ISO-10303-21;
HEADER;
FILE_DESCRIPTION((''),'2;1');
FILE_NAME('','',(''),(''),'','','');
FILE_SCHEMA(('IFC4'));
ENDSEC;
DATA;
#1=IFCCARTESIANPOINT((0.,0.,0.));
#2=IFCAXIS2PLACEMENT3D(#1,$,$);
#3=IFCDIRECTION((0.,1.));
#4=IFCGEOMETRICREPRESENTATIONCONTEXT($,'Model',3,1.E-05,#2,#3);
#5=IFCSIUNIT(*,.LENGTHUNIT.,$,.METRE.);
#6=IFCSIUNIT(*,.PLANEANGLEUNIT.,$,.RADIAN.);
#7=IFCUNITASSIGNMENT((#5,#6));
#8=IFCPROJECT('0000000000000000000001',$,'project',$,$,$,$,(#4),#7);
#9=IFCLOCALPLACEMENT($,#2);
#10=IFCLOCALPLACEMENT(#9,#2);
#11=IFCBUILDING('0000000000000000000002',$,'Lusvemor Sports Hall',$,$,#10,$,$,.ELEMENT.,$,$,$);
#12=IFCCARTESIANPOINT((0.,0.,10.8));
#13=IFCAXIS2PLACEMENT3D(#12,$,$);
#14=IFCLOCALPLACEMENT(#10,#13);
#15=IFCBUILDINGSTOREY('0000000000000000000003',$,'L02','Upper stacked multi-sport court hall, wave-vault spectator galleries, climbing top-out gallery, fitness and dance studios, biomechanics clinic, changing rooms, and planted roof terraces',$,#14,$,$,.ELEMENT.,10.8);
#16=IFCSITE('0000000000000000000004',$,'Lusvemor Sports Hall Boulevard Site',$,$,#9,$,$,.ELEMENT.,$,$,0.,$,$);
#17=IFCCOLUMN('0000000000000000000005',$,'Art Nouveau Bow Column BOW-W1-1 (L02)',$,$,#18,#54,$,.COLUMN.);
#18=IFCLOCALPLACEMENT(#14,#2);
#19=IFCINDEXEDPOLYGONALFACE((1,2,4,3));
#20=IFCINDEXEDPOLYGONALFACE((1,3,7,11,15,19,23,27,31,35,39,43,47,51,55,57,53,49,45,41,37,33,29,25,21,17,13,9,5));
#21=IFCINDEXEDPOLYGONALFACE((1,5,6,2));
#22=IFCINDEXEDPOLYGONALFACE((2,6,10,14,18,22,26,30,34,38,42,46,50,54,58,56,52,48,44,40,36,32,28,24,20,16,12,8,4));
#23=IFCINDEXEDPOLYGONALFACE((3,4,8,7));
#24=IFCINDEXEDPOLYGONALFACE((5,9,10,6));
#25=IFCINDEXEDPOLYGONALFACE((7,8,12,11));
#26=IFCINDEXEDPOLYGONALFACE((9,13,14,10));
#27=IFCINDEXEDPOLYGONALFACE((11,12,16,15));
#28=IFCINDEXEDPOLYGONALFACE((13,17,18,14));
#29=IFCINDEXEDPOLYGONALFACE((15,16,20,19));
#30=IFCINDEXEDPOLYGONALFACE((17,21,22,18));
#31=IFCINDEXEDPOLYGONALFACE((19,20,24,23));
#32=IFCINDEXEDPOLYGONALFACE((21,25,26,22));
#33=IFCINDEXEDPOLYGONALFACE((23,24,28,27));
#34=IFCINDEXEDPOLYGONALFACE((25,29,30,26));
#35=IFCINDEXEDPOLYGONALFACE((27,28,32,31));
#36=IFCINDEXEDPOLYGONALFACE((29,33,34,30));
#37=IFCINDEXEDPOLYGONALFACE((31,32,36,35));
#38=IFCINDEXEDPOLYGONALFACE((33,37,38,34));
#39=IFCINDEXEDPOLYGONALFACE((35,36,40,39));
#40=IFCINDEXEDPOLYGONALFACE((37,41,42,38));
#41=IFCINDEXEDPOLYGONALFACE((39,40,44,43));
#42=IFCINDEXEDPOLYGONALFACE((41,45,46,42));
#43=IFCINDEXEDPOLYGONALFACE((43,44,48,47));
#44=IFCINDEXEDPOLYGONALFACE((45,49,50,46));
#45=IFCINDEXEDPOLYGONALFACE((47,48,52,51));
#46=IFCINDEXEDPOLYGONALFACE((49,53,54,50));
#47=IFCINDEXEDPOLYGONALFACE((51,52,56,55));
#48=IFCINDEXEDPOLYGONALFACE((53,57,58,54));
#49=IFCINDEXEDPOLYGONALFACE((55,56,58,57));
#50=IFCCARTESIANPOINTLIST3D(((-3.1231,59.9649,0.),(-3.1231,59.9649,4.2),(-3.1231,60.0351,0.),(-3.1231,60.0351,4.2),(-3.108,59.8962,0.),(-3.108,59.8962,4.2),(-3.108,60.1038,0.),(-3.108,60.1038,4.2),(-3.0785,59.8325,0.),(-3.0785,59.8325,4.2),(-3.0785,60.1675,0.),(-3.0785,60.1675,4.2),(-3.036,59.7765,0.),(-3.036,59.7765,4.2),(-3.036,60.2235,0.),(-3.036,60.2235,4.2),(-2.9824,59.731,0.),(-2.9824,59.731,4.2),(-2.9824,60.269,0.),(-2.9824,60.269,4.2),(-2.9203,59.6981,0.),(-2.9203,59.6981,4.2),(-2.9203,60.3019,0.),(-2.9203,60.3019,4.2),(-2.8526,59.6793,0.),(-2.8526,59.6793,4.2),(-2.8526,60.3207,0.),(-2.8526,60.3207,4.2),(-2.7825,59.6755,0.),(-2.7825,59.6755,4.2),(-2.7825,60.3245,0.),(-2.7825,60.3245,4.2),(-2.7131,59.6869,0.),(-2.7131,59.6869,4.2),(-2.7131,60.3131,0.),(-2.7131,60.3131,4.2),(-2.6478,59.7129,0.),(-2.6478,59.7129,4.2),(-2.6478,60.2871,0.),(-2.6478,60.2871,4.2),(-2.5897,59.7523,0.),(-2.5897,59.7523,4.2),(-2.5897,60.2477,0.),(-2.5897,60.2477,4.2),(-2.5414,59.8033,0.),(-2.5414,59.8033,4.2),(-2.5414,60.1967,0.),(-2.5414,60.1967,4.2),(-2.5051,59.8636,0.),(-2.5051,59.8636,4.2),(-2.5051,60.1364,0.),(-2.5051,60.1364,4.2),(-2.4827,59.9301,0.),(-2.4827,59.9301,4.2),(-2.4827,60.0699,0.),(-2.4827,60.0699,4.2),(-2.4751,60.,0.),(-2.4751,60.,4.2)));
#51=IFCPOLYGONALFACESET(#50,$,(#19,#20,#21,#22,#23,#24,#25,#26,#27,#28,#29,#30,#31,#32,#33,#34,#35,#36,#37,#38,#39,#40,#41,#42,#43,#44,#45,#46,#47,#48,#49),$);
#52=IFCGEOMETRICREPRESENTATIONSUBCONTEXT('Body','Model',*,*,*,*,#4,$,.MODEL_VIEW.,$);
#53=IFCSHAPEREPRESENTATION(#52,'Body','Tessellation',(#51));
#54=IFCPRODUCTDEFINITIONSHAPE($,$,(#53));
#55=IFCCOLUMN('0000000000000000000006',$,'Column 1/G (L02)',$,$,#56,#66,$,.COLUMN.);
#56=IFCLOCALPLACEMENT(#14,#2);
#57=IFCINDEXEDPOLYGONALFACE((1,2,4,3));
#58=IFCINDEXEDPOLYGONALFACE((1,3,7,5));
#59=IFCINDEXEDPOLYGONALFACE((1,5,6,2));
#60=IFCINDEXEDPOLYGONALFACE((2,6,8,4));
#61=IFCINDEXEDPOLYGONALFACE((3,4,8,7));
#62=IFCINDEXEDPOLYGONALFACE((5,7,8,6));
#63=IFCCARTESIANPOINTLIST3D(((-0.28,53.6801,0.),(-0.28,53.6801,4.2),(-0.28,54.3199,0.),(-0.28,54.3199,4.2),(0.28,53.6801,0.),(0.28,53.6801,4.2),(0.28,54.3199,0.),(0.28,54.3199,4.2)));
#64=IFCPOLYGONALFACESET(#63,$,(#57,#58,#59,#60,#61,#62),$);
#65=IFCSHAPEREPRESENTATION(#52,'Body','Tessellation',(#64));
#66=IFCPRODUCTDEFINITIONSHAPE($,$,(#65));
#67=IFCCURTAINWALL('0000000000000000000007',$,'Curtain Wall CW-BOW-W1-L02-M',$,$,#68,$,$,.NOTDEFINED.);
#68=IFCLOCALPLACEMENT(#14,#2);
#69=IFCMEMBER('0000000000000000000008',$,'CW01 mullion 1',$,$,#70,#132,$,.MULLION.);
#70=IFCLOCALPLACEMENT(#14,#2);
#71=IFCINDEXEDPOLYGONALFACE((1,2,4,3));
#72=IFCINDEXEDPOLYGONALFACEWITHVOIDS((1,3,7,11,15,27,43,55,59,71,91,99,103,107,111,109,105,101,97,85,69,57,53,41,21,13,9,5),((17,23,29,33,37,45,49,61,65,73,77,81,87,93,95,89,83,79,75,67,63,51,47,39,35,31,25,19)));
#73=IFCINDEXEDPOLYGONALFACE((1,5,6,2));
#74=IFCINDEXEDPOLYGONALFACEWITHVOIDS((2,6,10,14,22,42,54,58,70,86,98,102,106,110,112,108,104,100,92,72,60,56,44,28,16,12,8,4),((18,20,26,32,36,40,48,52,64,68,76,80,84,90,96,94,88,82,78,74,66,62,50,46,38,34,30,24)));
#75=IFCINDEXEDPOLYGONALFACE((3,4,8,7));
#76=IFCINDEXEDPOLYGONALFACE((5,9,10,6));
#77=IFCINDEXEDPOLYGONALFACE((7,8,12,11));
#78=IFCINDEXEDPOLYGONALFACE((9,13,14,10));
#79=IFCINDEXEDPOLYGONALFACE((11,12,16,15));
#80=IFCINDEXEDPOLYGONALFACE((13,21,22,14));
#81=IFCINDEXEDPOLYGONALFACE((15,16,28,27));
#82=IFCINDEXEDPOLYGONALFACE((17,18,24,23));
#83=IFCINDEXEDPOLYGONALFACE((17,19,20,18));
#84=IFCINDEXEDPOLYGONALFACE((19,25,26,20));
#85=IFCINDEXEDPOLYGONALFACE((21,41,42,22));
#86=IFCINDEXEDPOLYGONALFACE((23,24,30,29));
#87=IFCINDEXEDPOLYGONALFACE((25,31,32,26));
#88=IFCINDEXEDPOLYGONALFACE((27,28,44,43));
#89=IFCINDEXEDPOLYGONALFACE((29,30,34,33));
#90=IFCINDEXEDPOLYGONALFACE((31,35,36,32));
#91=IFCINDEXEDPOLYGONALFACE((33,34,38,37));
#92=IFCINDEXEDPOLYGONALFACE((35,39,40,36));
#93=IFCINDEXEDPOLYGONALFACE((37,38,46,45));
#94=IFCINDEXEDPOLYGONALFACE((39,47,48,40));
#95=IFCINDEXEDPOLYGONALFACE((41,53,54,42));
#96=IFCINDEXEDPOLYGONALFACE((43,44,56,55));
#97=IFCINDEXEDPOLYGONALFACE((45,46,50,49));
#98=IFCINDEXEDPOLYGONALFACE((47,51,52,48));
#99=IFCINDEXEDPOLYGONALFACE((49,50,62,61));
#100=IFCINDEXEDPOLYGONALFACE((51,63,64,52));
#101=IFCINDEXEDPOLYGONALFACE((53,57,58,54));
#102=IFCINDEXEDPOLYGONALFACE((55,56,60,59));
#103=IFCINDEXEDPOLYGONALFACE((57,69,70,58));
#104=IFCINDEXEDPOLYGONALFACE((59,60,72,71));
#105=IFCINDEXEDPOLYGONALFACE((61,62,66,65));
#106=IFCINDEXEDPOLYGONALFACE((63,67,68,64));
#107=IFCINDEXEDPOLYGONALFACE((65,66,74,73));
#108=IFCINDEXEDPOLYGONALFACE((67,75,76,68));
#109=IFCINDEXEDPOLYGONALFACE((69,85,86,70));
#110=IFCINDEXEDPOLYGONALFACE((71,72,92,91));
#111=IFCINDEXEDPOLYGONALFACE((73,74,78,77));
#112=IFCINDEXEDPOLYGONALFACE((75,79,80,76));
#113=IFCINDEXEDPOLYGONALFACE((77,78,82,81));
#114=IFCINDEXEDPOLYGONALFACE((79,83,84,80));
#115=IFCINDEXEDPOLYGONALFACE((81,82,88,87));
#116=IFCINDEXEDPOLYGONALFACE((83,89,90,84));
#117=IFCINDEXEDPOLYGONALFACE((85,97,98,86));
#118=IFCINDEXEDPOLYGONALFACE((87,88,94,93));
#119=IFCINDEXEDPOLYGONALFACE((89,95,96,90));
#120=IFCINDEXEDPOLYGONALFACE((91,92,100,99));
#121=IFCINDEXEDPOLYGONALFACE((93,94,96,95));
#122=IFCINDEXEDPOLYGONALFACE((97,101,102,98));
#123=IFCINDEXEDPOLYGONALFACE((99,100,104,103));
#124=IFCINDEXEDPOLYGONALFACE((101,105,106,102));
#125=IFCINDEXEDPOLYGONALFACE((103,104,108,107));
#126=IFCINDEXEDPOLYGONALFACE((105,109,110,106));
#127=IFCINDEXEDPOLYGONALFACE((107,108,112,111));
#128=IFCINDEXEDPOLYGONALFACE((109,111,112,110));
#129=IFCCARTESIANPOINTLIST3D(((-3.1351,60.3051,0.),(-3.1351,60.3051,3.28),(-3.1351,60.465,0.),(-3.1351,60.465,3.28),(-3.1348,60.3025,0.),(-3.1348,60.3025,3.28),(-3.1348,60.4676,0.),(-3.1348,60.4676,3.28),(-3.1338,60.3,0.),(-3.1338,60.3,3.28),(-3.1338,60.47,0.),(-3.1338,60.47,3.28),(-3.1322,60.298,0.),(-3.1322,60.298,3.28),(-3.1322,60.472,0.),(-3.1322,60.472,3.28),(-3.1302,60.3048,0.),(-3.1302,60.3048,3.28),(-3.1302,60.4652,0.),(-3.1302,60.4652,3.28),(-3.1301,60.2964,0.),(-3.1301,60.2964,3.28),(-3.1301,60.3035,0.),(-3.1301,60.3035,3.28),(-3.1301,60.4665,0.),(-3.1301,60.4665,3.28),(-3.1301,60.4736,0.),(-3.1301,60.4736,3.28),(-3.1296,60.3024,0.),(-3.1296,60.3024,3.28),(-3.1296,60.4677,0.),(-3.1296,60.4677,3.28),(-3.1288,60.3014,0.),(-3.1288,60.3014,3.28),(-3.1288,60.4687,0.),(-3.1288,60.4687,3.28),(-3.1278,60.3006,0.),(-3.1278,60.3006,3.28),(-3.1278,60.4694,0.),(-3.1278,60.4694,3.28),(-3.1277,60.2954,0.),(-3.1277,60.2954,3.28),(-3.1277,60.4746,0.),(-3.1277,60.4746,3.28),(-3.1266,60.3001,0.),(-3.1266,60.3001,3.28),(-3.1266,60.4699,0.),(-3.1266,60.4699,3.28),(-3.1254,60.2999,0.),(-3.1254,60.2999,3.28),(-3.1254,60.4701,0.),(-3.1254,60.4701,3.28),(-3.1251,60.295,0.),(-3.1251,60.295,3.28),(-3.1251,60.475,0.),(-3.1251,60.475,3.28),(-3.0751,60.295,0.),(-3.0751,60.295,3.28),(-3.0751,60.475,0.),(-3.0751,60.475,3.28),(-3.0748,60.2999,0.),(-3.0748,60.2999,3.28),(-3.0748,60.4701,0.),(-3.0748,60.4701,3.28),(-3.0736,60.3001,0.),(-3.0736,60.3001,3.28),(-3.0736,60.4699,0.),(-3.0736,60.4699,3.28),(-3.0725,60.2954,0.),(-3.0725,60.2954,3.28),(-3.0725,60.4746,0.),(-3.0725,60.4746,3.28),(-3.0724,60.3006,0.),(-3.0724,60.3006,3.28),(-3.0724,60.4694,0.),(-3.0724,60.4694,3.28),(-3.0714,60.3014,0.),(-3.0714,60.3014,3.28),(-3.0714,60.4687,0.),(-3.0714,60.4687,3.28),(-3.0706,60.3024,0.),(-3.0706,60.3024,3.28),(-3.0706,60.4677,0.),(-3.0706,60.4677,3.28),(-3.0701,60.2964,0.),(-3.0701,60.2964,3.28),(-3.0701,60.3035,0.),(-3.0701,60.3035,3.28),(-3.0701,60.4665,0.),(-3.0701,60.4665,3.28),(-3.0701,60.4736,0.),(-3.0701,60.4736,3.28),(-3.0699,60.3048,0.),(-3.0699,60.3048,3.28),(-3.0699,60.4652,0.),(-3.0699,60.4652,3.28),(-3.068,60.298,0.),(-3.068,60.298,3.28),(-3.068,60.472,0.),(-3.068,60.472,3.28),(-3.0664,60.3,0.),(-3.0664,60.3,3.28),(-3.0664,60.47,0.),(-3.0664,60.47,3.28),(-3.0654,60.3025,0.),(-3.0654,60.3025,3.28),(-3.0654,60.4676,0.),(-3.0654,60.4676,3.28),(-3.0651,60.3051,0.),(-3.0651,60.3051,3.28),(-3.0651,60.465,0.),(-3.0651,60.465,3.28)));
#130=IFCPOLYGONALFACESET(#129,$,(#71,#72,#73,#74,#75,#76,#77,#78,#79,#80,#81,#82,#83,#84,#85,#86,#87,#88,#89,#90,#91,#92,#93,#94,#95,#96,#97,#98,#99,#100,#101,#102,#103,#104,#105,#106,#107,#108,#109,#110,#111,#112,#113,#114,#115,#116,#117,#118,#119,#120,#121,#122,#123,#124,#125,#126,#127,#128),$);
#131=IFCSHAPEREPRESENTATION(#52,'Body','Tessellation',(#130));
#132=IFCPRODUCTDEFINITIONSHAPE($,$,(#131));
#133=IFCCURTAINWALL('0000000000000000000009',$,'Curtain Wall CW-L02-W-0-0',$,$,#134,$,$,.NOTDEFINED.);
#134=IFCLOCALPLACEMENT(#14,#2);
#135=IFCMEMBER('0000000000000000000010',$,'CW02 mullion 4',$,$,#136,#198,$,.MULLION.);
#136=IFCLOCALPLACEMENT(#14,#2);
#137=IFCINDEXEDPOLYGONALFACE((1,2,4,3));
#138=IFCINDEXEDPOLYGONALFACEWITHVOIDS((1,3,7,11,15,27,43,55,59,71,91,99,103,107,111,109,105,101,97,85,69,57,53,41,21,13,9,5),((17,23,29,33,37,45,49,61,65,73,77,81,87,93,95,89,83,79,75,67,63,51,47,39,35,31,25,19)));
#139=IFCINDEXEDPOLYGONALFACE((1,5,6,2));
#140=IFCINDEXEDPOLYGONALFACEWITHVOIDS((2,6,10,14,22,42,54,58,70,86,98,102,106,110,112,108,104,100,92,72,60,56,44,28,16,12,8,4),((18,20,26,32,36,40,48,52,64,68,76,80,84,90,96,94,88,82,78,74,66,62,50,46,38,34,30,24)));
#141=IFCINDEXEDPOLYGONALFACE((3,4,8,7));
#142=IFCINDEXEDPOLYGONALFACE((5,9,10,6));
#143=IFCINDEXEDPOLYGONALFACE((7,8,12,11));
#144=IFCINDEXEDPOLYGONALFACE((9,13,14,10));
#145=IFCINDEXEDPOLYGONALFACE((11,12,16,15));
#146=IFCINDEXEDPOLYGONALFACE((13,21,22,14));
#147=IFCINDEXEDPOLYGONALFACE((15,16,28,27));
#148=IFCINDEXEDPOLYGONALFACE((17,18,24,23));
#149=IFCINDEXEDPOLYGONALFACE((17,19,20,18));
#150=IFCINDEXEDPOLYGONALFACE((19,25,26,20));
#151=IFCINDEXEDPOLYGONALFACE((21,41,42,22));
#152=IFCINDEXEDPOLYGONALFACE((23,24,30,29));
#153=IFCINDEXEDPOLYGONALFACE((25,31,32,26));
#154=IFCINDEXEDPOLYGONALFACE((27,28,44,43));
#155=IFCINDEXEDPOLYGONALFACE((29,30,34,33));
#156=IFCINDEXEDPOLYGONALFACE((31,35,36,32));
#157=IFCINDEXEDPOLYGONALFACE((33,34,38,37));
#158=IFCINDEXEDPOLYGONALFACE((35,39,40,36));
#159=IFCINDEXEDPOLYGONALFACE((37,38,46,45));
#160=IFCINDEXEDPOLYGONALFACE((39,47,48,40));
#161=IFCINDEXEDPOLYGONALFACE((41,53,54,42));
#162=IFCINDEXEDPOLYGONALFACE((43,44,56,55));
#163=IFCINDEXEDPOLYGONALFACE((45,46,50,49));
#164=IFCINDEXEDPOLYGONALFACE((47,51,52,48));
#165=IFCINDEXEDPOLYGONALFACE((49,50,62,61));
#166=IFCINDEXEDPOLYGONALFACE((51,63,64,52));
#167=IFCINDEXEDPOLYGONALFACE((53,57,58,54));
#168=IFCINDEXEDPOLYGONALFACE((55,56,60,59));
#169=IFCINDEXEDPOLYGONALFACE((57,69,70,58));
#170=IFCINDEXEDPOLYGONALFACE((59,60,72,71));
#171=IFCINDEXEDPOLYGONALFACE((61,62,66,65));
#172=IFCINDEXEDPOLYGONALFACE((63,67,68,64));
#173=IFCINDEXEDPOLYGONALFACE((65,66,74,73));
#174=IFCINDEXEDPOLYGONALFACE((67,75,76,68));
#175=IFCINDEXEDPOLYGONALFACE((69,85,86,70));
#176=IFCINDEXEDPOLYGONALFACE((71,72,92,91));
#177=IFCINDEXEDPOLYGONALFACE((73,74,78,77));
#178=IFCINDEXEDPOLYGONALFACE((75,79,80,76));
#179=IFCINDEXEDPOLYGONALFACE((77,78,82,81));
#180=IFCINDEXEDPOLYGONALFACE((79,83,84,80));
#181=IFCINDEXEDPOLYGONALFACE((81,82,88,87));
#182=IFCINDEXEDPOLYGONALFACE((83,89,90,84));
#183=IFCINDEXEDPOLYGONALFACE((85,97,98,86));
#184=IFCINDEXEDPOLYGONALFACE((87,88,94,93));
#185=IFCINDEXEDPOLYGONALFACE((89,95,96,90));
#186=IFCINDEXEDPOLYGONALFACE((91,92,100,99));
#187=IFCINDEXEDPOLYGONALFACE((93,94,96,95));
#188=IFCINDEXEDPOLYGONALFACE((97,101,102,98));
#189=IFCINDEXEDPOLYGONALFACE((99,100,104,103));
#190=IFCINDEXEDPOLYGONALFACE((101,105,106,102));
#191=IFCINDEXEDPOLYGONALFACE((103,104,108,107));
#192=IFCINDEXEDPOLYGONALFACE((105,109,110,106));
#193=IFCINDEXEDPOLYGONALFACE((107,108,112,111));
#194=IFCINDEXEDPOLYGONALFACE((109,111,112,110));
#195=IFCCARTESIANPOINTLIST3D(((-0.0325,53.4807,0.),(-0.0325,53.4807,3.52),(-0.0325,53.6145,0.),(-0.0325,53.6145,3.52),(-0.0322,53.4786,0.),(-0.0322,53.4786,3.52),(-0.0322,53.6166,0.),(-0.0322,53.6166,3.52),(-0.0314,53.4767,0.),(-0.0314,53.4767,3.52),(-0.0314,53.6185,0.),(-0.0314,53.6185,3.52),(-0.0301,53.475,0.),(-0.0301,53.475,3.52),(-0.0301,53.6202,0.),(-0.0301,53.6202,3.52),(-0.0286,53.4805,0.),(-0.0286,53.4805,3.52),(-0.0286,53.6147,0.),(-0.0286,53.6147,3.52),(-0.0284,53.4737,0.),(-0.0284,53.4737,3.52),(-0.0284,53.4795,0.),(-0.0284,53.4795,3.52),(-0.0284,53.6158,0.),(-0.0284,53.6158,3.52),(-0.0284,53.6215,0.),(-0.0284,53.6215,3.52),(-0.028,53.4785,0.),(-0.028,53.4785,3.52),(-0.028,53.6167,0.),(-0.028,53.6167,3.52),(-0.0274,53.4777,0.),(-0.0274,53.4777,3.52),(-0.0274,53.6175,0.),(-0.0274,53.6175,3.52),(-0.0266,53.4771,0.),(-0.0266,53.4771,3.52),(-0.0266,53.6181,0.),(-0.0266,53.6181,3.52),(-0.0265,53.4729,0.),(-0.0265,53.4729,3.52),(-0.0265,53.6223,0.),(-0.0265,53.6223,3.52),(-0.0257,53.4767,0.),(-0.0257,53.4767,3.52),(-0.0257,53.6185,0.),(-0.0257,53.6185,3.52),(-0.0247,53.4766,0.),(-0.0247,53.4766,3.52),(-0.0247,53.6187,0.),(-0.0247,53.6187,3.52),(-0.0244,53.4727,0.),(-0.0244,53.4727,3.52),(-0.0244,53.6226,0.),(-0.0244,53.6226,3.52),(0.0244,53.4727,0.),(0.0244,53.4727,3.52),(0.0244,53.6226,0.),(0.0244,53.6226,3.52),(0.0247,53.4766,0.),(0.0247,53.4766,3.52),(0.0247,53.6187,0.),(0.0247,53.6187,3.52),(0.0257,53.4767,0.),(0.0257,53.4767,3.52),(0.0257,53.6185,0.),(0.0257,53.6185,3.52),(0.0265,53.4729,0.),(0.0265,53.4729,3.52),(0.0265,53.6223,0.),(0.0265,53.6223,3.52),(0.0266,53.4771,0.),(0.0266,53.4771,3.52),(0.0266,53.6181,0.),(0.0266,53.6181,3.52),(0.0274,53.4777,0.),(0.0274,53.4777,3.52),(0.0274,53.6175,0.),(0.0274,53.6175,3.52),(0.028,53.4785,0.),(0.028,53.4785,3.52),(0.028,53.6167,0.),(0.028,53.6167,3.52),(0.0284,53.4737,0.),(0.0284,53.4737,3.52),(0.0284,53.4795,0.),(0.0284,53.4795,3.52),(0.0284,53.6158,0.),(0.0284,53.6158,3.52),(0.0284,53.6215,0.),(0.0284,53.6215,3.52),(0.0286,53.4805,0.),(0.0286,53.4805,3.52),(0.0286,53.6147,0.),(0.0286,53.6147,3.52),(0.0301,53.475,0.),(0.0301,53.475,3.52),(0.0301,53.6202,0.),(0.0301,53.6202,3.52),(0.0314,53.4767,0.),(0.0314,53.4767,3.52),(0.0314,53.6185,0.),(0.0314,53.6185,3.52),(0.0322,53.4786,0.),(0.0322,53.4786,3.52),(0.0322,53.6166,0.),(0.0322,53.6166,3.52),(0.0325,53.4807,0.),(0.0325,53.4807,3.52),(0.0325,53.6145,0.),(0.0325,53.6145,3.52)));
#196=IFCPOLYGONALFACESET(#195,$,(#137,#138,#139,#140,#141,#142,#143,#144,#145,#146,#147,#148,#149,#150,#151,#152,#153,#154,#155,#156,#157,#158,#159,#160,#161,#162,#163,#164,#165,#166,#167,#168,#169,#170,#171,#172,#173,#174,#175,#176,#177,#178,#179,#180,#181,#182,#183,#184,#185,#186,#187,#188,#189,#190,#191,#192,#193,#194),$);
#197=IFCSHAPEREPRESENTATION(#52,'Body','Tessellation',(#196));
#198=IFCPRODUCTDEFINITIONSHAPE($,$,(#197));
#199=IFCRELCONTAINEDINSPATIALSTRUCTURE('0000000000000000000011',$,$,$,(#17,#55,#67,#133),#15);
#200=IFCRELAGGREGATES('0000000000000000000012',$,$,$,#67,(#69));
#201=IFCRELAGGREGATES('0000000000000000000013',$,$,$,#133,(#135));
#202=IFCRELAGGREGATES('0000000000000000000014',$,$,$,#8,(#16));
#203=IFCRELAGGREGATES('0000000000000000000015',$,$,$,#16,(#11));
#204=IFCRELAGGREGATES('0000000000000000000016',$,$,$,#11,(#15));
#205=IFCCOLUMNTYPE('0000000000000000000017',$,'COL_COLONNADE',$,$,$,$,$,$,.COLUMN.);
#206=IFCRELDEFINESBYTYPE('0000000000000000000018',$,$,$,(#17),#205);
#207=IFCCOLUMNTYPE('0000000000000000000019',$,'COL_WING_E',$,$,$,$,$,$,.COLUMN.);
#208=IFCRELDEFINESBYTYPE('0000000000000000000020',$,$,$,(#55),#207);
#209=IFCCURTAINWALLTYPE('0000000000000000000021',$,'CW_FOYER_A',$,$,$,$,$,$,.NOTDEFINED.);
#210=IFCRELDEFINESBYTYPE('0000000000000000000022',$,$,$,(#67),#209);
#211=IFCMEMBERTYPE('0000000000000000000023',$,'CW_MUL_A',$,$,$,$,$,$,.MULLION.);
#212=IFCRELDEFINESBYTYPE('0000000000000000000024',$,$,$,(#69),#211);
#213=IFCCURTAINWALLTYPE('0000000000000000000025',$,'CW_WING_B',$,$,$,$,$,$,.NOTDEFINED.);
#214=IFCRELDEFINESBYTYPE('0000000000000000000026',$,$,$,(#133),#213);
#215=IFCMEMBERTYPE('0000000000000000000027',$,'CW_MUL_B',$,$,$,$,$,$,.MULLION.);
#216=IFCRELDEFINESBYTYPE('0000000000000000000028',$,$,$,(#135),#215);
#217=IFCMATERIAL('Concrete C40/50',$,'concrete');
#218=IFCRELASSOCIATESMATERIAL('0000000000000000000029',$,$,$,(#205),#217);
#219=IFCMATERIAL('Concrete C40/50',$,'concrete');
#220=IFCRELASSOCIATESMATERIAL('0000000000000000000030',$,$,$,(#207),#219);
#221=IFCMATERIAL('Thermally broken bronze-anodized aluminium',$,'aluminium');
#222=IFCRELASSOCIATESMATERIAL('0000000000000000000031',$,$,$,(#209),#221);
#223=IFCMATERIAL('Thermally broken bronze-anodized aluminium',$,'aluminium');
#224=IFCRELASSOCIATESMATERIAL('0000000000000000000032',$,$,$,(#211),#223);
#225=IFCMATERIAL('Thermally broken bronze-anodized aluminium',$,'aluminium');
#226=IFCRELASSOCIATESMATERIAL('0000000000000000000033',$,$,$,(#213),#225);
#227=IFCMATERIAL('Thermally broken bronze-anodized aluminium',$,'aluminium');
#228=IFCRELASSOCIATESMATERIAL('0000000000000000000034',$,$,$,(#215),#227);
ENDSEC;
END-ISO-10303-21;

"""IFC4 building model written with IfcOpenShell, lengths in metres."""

from ifc_helpers import new_model, si_unit, direction, frame, origin, origin_2d, place, context, subcontext, project, spatial, rectangle, hollow_rectangle, circle, extrude, material, material_profile, profile_set, type_object, element, aggregate, save


model = new_model("IFC4")

# Units and contexts
model_context = context("Model", 3, precision=1e-05, world=origin(), true_north=direction((0.0, 1.0)))
body_context = subcontext(model_context, "Body", "Model", "MODEL_VIEW")
ifc_project = project(units=[si_unit("LENGTHUNIT", "METRE"), si_unit("PLANEANGLEUNIT", "RADIAN")], contexts=[model_context])

# Site, building, storey
site_placement = place(None, origin())
site = spatial("IfcSite", under=ifc_project, at=site_placement, Name="Lusvemor Sports Hall Boulevard Site", CompositionType="ELEMENT", RefElevation=0.0)
building_placement = place(site_placement, origin())
building = spatial("IfcBuilding", under=site, at=building_placement, Name="Lusvemor Sports Hall", CompositionType="ELEMENT")
storey_placement = place(building_placement, frame((0.0, 0.0, 10.8)))
storey = spatial("IfcBuildingStorey", under=building, at=storey_placement, Name="L02", Description="Upper stacked multi-sport court hall, wave-vault spectator galleries, climbing top-out gallery, fitness and dance studios, biomechanics clinic, changing rooms, and planted roof terraces", CompositionType="ELEMENT", Elevation=10.8)

# Columns
ifc_material_1 = material(Name="Concrete C40/50", Category="concrete")
ifc_material_profile_1 = material_profile(ifc_material_1, circle(Radius=0.325, at=origin_2d()), Name="RCCIRC650")
ifc_profile_set_1 = profile_set([ifc_material_profile_1], Name="Concrete C40/50")
column_type_1 = type_object("IfcColumnType", Name="COL_COLONNADE", PredefinedType="COLUMN", material=ifc_profile_set_1)
column_1_placement = place(storey_placement, frame((-2.8, 60.0, 0.0), z_axis=(0.0, 0.0, 1.0), x_axis=(1.0, 0.0, 0.0)))
element("IfcColumn", 1, at=column_1_placement, inside=storey, type_object=column_type_1, Name="Art Nouveau Bow Column BOW-W1-1 (L02)", PredefinedType="COLUMN", context=body_context, shape_type="SweptSolid", body=[
    extrude(circle(Radius=0.325, at=origin_2d()), origin(), (0.0, 0.0, 1.0), 4.2),
])
ifc_material_2 = material(Name="Concrete C40/50", Category="concrete")
ifc_material_profile_2 = material_profile(ifc_material_2, rectangle(XDim=0.5601, YDim=0.6399, at=origin_2d()), Name="RC560x640")
ifc_profile_set_2 = profile_set([ifc_material_profile_2], Name="Concrete C40/50")
column_type_2 = type_object("IfcColumnType", Name="COL_WING_E", PredefinedType="COLUMN", material=ifc_profile_set_2)
column_2_placement = place(storey_placement, frame((0.0, 54.0, 0.0), z_axis=(0.0, 0.0, 1.0), x_axis=(1.0, 0.0, 0.0)))
element("IfcColumn", 2, at=column_2_placement, inside=storey, type_object=column_type_2, Name="Column 1/G (L02)", PredefinedType="COLUMN", context=body_context, shape_type="SweptSolid", body=[
    extrude(rectangle(XDim=0.5601, YDim=0.6399, at=origin_2d()), origin(), (0.0, 0.0, 1.0), 4.2),
])

# Curtain walls, members
ifc_material_3 = material(Name="Thermally broken bronze-anodized aluminium", Category="aluminium")
curtain_wall_type_1 = type_object("IfcCurtainWallType", Name="CW_FOYER_A", PredefinedType="NOTDEFINED", material=ifc_material_3)
curtain_wall_1_placement = place(storey_placement, origin())
curtain_wall_1 = element("IfcCurtainWall", 3, at=curtain_wall_1_placement, inside=storey, type_object=curtain_wall_type_1, Name="Curtain Wall CW-BOW-W1-L02-M", PredefinedType="NOTDEFINED")
ifc_material_4 = material(Name="Thermally broken bronze-anodized aluminium", Category="aluminium")
ifc_material_profile_3 = material_profile(ifc_material_4, hollow_rectangle(XDim=0.0701, YDim=0.1799, WallThickness=0.0049, InnerFilletRadius=0.0049, OuterFilletRadius=0.01, at=origin_2d()), Name="CWMUL180x70x5")
ifc_profile_set_3 = profile_set([ifc_material_profile_3], Name="Thermally broken bronze-anodized aluminium")
member_type_1 = type_object("IfcMemberType", Name="CW_MUL_A", PredefinedType="MULLION", material=ifc_profile_set_3)
member_1_placement = place(storey_placement, frame((-3.1001, 60.385, 0.0), z_axis=(0.0, 0.0, 1.0), x_axis=(-1.0, 0.0, 0.0)))
member_1 = element("IfcMember", 4, at=member_1_placement, type_object=member_type_1, Name="CW01 mullion 1", PredefinedType="MULLION", context=body_context, shape_type="SweptSolid", body=[
    extrude(hollow_rectangle(XDim=0.0701, YDim=0.1799, WallThickness=0.0049, InnerFilletRadius=0.0049, OuterFilletRadius=0.01, at=origin_2d()), origin(), (0.0, 0.0, 1.0), 3.28),
])
ifc_material_5 = material(Name="Thermally broken bronze-anodized aluminium", Category="aluminium")
curtain_wall_type_2 = type_object("IfcCurtainWallType", Name="CW_WING_B", PredefinedType="NOTDEFINED", material=ifc_material_5)
curtain_wall_2_placement = place(storey_placement, origin())
curtain_wall_2 = element("IfcCurtainWall", 5, at=curtain_wall_2_placement, inside=storey, type_object=curtain_wall_type_2, Name="Curtain Wall CW-L02-W-0-0", PredefinedType="NOTDEFINED")
ifc_material_6 = material(Name="Thermally broken bronze-anodized aluminium", Category="aluminium")
ifc_material_profile_4 = material_profile(ifc_material_6, hollow_rectangle(XDim=0.0649, YDim=0.1499, WallThickness=0.0039, InnerFilletRadius=0.0039, OuterFilletRadius=0.0081, at=origin_2d()), Name="CWMUL150x65x4")
ifc_profile_set_4 = profile_set([ifc_material_profile_4], Name="Thermally broken bronze-anodized aluminium")
member_type_2 = type_object("IfcMemberType", Name="CW_MUL_B", PredefinedType="MULLION", material=ifc_profile_set_4)
member_2_placement = place(storey_placement, frame((0.0, 53.5476, 0.0), z_axis=(0.0, 0.0, 1.0), x_axis=(-1.0, 0.0, 0.0)))
member_2 = element("IfcMember", 6, at=member_2_placement, type_object=member_type_2, Name="CW02 mullion 4", PredefinedType="MULLION", context=body_context, shape_type="SweptSolid", body=[
    extrude(hollow_rectangle(XDim=0.0649, YDim=0.1499, WallThickness=0.0039, InnerFilletRadius=0.0039, OuterFilletRadius=0.0081, at=origin_2d()), origin(), (0.0, 0.0, 1.0), 3.52),
])

aggregate(curtain_wall_1, [member_1])

aggregate(curtain_wall_2, [member_2])

save(model, "model.ifc")
